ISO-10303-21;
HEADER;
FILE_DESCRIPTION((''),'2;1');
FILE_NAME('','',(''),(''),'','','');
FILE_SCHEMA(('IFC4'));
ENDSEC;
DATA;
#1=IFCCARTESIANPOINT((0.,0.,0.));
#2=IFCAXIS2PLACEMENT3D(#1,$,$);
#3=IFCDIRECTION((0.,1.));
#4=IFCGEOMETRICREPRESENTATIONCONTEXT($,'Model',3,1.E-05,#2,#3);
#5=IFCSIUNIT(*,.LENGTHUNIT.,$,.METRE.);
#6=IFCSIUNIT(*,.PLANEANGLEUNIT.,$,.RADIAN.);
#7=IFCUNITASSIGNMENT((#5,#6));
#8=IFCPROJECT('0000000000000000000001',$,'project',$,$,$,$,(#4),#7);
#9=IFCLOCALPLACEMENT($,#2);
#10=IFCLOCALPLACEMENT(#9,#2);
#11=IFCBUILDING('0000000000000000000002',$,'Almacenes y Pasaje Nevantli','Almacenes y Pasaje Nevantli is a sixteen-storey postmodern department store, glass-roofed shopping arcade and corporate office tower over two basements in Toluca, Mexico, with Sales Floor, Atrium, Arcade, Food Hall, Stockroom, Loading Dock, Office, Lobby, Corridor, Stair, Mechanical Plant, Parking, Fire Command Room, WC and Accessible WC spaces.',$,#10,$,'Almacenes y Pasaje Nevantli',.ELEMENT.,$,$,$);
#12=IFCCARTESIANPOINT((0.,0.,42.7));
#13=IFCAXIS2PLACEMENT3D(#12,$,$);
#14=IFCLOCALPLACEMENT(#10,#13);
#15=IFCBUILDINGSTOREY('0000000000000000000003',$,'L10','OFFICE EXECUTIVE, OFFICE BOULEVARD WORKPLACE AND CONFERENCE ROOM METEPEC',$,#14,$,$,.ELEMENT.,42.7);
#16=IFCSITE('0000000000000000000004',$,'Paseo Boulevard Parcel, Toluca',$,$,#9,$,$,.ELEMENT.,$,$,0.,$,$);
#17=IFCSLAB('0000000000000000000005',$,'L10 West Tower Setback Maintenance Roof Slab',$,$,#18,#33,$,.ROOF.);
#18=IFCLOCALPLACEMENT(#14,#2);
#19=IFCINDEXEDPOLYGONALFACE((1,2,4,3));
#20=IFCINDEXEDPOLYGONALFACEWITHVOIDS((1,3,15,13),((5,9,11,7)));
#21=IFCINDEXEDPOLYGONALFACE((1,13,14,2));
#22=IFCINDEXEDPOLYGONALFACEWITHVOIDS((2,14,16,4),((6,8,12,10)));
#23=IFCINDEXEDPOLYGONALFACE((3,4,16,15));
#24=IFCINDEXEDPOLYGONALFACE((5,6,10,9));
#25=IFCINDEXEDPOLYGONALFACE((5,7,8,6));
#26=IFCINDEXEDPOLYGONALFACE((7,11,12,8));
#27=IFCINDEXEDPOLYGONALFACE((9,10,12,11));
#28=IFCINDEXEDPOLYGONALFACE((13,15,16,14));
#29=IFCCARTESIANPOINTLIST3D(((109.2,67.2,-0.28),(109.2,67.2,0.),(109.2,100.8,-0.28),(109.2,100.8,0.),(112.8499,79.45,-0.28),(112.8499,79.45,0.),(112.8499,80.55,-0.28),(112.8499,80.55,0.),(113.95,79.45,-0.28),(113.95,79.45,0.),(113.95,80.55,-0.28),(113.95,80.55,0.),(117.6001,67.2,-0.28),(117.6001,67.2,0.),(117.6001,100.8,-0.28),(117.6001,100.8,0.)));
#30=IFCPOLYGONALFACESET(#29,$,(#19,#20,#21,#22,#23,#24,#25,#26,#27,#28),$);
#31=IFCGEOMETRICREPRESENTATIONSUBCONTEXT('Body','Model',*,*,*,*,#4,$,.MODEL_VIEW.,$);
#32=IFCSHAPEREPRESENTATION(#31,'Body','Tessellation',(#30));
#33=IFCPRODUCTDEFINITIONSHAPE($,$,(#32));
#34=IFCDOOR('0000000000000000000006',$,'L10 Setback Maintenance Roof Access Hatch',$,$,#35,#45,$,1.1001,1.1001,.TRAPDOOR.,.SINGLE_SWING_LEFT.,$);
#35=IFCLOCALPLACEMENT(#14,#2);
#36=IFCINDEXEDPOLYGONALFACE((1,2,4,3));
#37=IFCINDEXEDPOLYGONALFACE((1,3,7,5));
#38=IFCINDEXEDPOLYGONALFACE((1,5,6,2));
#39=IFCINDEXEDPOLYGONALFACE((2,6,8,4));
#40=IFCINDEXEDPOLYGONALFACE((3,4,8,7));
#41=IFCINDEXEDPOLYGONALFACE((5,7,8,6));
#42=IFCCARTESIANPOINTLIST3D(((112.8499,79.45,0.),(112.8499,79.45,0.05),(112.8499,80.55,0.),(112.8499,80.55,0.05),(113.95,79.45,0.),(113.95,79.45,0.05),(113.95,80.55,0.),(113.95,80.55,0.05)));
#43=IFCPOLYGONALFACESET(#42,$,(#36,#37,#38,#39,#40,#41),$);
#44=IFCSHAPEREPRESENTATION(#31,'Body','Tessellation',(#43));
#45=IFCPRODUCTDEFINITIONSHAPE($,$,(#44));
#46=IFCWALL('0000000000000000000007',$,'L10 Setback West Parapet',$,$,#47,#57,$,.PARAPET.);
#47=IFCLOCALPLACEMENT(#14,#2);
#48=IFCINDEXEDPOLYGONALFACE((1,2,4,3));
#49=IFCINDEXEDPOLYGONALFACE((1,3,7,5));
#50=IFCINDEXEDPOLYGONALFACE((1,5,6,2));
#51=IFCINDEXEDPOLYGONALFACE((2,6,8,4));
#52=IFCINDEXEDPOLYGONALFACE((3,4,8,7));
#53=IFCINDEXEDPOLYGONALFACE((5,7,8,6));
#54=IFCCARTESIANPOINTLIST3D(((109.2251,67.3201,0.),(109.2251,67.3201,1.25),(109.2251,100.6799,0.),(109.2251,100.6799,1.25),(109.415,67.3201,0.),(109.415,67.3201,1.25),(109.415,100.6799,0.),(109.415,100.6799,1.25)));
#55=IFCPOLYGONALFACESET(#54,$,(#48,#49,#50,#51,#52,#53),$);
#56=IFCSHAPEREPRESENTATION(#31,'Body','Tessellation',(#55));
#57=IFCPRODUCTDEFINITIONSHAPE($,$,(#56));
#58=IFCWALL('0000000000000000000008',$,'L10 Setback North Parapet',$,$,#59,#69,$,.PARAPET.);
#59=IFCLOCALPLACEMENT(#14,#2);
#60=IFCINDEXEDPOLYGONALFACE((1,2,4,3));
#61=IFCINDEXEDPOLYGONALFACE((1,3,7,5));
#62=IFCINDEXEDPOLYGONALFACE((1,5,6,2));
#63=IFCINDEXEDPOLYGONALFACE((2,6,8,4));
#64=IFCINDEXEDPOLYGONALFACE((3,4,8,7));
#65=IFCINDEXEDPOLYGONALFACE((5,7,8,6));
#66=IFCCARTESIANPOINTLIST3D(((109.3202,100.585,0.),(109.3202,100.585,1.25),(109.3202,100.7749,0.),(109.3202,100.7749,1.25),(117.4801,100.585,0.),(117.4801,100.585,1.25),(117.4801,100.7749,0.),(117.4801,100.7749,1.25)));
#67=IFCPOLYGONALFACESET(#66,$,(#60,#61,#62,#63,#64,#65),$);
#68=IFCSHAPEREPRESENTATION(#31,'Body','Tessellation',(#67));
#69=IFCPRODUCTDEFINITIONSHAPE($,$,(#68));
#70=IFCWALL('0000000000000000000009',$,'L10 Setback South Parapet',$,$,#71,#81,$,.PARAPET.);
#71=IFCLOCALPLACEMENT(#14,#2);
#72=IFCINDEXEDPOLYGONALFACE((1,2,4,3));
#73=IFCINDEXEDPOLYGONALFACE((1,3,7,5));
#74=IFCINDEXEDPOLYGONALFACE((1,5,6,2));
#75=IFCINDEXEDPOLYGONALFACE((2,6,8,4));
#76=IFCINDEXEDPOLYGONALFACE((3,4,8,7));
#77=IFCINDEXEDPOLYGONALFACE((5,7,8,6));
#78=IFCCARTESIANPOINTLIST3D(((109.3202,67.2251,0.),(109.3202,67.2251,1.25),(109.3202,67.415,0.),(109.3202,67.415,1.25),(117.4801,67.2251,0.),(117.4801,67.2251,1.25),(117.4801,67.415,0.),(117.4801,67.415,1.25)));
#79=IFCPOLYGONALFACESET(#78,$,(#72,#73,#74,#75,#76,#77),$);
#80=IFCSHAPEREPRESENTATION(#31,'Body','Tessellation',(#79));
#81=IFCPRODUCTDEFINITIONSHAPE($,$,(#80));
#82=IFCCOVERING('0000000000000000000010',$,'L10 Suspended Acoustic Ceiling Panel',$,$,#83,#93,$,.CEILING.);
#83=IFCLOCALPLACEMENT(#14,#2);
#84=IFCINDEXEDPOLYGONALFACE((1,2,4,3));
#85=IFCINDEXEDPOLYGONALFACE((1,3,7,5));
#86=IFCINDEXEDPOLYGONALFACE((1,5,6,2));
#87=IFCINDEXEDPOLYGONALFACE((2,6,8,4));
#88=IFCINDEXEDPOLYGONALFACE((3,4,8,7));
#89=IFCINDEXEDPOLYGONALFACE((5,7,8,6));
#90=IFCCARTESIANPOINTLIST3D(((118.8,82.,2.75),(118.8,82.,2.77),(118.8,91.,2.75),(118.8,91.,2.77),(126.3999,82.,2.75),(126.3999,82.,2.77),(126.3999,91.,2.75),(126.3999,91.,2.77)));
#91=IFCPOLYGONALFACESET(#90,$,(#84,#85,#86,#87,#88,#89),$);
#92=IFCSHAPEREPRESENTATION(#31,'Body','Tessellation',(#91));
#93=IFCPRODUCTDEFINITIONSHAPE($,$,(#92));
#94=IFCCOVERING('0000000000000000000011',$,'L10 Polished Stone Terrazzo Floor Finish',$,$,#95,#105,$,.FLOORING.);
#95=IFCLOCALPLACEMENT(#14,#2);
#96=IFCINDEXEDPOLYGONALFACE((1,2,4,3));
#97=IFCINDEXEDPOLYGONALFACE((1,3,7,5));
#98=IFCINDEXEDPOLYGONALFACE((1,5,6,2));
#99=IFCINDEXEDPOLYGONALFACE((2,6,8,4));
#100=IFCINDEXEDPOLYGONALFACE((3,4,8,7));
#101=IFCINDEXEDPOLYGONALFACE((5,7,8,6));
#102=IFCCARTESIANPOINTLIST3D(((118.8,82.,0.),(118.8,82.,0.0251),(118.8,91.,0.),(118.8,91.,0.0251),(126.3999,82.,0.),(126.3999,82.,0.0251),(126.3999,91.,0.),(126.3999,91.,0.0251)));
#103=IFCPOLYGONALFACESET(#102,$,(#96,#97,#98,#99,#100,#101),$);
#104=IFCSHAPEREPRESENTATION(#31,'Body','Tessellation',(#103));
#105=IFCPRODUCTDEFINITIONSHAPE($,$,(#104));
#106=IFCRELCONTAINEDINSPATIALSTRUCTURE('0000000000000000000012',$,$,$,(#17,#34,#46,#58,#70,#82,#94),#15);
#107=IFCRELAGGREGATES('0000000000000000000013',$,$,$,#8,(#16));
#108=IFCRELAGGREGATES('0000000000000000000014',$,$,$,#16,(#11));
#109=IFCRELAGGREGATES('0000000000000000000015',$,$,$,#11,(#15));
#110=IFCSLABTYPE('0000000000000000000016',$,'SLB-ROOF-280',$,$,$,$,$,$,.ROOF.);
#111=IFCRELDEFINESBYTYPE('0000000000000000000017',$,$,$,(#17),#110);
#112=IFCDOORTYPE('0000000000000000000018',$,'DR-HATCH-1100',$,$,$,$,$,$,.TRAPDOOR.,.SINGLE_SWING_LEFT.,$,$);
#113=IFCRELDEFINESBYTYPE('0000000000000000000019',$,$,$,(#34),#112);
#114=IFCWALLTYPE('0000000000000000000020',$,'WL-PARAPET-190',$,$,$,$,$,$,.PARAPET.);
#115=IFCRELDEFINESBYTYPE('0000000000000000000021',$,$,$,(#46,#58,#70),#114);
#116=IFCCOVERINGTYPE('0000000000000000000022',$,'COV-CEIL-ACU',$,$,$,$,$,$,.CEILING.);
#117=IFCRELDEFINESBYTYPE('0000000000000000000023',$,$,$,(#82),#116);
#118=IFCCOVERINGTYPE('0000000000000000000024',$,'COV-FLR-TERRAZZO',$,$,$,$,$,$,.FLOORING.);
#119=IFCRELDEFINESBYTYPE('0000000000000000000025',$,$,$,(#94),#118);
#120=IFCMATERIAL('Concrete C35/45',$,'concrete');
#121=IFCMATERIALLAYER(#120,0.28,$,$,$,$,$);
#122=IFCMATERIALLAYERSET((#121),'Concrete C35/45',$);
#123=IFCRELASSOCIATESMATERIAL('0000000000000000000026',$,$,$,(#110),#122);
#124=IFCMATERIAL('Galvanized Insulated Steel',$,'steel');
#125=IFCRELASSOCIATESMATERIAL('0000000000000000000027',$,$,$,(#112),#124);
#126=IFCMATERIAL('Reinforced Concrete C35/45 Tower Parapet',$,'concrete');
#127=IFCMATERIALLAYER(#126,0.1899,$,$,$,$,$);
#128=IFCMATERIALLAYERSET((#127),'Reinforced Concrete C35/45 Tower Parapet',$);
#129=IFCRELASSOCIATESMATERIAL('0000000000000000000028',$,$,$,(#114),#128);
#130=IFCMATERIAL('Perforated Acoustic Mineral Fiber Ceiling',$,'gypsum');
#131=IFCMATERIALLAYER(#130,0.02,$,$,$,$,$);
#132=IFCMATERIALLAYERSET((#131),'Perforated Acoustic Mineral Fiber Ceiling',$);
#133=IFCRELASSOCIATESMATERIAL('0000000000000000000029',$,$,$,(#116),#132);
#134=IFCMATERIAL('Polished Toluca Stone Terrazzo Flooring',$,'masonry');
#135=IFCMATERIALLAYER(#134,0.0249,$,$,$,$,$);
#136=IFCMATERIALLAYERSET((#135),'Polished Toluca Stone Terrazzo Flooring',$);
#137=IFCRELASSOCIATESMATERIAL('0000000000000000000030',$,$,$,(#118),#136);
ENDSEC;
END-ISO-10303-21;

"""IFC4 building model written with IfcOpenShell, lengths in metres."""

from ifc_helpers import new_model, si_unit, direction, frame, frame_2d, origin, origin_2d, place, context, subcontext, project, spatial, polyline, rectangle, outline, extrude, material, layer, layer_set, type_object, element, fill, save


model = new_model("IFC4")

# Units and contexts
model_context = context("Model", 3, precision=1e-05, world=origin(), true_north=direction((0.0, 1.0)))
body_context = subcontext(model_context, "Body", "Model", "MODEL_VIEW")
ifc_project = project(units=[si_unit("LENGTHUNIT", "METRE"), si_unit("PLANEANGLEUNIT", "RADIAN")], contexts=[model_context])

# Site, building, storey
site_placement = place(None, origin())
site = spatial("IfcSite", under=ifc_project, at=site_placement, Name="Paseo Boulevard Parcel, Toluca", CompositionType="ELEMENT", RefElevation=0.0)
building_placement = place(site_placement, origin())
building = spatial("IfcBuilding", under=site, at=building_placement, Name="Almacenes y Pasaje Nevantli", Description="Almacenes y Pasaje Nevantli is a sixteen-storey postmodern department store, glass-roofed shopping arcade and corporate office tower over two basements in Toluca, Mexico, with Sales Floor, Atrium, Arcade, Food Hall, Stockroom, Loading Dock, Office, Lobby, Corridor, Stair, Mechanical Plant, Parking, Fire Command Room, WC and Accessible WC spaces.", LongName="Almacenes y Pasaje Nevantli", CompositionType="ELEMENT")
storey_placement = place(building_placement, frame((0.0, 0.0, 42.7)))
storey = spatial("IfcBuildingStorey", under=building, at=storey_placement, Name="L10", Description="OFFICE EXECUTIVE, OFFICE BOULEVARD WORKPLACE AND CONFERENCE ROOM METEPEC", CompositionType="ELEMENT", Elevation=42.7)

# Slab, opening, door
ifc_material_1 = material(Name="Concrete C35/45", Category="concrete")
ifc_layer_1 = layer(ifc_material_1, 0.28)
ifc_layer_set_1 = layer_set([ifc_layer_1], Name="Concrete C35/45")
slab_type_1 = type_object("IfcSlabType", Name="SLB-ROOF-280", PredefinedType="ROOF", material=ifc_layer_set_1)
slab_1_placement = place(storey_placement, frame((0.0, 0.0, -0.28)))
slab_1 = element("IfcSlab", 1, at=slab_1_placement, inside=storey, type_object=slab_type_1, Name="L10 West Tower Setback Maintenance Roof Slab", PredefinedType="ROOF", context=body_context, shape_type="SweptSolid", body=[
    extrude(outline(polyline([(109.2, 67.2), (117.6001, 67.2), (117.6001, 100.8), (109.2, 100.8), (109.2, 67.2)])), origin(), (0.0, 0.0, 1.0), 0.28),
])
opening_placement = place(slab_1_placement, frame((113.3999, 80.0, -0.01)))
opening = element("IfcOpeningElement", 2, at=opening_placement, cuts=slab_1, PredefinedType="OPENING", context=body_context, shape_type="SweptSolid", body=[
    extrude(rectangle(XDim=1.1001, YDim=1.1001, at=origin_2d()), origin(), (0.0, 0.0, 1.0), 0.3501),
])
ifc_material_2 = material(Name="Galvanized Insulated Steel", Category="steel")
door_type = type_object("IfcDoorType", Name="DR-HATCH-1100", OperationType="SINGLE_SWING_LEFT", PredefinedType="TRAPDOOR", material=ifc_material_2)
door_placement = place(slab_1_placement, frame((113.3999, 80.0, 0.28)))
door = element("IfcDoor", 3, at=door_placement, inside=storey, type_object=door_type, Name="L10 Setback Maintenance Roof Access Hatch", OperationType="SINGLE_SWING_LEFT", OverallHeight=1.1001, OverallWidth=1.1001, PredefinedType="TRAPDOOR", context=body_context, shape_type="SweptSolid", body=[
    extrude(rectangle(XDim=1.1001, YDim=1.1001, at=origin_2d()), origin(), (0.0, 0.0, 1.0), 0.05),
])
fill(opening, door)

# Walls
ifc_material_3 = material(Name="Reinforced Concrete C35/45 Tower Parapet", Category="concrete")
ifc_layer_2 = layer(ifc_material_3, 0.1899)
ifc_layer_set_2 = layer_set([ifc_layer_2], Name="Reinforced Concrete C35/45 Tower Parapet")
wall_type = type_object("IfcWallType", Name="WL-PARAPET-190", PredefinedType="PARAPET", material=ifc_layer_set_2)
wall_placement = place(storey_placement, frame((109.3201, 67.3201, 0.0), z_axis=(0.0, 0.0, 1.0), x_axis=(0.0, 1.0, 0.0)))
element("IfcWall", 4, at=wall_placement, inside=storey, type_object=wall_type, Name="L10 Setback West Parapet", PredefinedType="PARAPET", context=body_context, shape_type="SweptSolid", body=[
    extrude(rectangle(XDim=33.3599, YDim=0.1899, at=frame_2d((16.6799, 0.0))), origin(), (0.0, 0.0, 1.0), 1.25),
])
for number, where, z_axis, x_axis, name in (
    (5, (109.3201, 100.6799, 0.0), (0.0, 0.0, 1.0), (1.0, 0.0, 0.0), "L10 Setback North Parapet"),
    (6, (109.3201, 67.3201, 0.0), (0.0, 0.0, 1.0), (1.0, 0.0, 0.0), "L10 Setback South Parapet"),
):
    element("IfcWall", number, at=place(storey_placement, frame(where, z_axis=z_axis, x_axis=x_axis)), inside=storey, type_object=wall_type, Name=name, PredefinedType="PARAPET", context=body_context, shape_type="SweptSolid", body=[
        extrude(rectangle(XDim=8.1599, YDim=0.1899, at=frame_2d((4.0801, 0.0))), origin(), (0.0, 0.0, 1.0), 1.25),
    ])

# Coverings
ifc_material_4 = material(Name="Perforated Acoustic Mineral Fiber Ceiling", Category="gypsum")
ifc_layer_3 = layer(ifc_material_4, 0.02)
ifc_layer_set_3 = layer_set([ifc_layer_3], Name="Perforated Acoustic Mineral Fiber Ceiling")
covering_type_1 = type_object("IfcCoveringType", Name="COV-CEIL-ACU", PredefinedType="CEILING", material=ifc_layer_set_3)
covering_1_placement = place(storey_placement, frame((0.0, 0.0, 2.75)))
element("IfcCovering", 7, at=covering_1_placement, inside=storey, type_object=covering_type_1, Name="L10 Suspended Acoustic Ceiling Panel", PredefinedType="CEILING", context=body_context, shape_type="SweptSolid", body=[
    extrude(outline(polyline([(118.8, 82.0), (126.3999, 82.0), (126.3999, 91.0), (118.8, 91.0), (118.8, 82.0)])), origin(), (0.0, 0.0, 1.0), 0.02),
])
ifc_material_5 = material(Name="Polished Toluca Stone Terrazzo Flooring", Category="masonry")
ifc_layer_4 = layer(ifc_material_5, 0.0249)
ifc_layer_set_4 = layer_set([ifc_layer_4], Name="Polished Toluca Stone Terrazzo Flooring")
covering_type_2 = type_object("IfcCoveringType", Name="COV-FLR-TERRAZZO", PredefinedType="FLOORING", material=ifc_layer_set_4)
covering_2_placement = place(storey_placement, origin())
element("IfcCovering", 8, at=covering_2_placement, inside=storey, type_object=covering_type_2, Name="L10 Polished Stone Terrazzo Floor Finish", PredefinedType="FLOORING", context=body_context, shape_type="SweptSolid", body=[
    extrude(outline(polyline([(118.8, 82.0), (126.3999, 82.0), (126.3999, 91.0), (118.8, 91.0), (118.8, 82.0)])), origin(), (0.0, 0.0, 1.0), 0.0251),
])

save(model, "model.ifc")
